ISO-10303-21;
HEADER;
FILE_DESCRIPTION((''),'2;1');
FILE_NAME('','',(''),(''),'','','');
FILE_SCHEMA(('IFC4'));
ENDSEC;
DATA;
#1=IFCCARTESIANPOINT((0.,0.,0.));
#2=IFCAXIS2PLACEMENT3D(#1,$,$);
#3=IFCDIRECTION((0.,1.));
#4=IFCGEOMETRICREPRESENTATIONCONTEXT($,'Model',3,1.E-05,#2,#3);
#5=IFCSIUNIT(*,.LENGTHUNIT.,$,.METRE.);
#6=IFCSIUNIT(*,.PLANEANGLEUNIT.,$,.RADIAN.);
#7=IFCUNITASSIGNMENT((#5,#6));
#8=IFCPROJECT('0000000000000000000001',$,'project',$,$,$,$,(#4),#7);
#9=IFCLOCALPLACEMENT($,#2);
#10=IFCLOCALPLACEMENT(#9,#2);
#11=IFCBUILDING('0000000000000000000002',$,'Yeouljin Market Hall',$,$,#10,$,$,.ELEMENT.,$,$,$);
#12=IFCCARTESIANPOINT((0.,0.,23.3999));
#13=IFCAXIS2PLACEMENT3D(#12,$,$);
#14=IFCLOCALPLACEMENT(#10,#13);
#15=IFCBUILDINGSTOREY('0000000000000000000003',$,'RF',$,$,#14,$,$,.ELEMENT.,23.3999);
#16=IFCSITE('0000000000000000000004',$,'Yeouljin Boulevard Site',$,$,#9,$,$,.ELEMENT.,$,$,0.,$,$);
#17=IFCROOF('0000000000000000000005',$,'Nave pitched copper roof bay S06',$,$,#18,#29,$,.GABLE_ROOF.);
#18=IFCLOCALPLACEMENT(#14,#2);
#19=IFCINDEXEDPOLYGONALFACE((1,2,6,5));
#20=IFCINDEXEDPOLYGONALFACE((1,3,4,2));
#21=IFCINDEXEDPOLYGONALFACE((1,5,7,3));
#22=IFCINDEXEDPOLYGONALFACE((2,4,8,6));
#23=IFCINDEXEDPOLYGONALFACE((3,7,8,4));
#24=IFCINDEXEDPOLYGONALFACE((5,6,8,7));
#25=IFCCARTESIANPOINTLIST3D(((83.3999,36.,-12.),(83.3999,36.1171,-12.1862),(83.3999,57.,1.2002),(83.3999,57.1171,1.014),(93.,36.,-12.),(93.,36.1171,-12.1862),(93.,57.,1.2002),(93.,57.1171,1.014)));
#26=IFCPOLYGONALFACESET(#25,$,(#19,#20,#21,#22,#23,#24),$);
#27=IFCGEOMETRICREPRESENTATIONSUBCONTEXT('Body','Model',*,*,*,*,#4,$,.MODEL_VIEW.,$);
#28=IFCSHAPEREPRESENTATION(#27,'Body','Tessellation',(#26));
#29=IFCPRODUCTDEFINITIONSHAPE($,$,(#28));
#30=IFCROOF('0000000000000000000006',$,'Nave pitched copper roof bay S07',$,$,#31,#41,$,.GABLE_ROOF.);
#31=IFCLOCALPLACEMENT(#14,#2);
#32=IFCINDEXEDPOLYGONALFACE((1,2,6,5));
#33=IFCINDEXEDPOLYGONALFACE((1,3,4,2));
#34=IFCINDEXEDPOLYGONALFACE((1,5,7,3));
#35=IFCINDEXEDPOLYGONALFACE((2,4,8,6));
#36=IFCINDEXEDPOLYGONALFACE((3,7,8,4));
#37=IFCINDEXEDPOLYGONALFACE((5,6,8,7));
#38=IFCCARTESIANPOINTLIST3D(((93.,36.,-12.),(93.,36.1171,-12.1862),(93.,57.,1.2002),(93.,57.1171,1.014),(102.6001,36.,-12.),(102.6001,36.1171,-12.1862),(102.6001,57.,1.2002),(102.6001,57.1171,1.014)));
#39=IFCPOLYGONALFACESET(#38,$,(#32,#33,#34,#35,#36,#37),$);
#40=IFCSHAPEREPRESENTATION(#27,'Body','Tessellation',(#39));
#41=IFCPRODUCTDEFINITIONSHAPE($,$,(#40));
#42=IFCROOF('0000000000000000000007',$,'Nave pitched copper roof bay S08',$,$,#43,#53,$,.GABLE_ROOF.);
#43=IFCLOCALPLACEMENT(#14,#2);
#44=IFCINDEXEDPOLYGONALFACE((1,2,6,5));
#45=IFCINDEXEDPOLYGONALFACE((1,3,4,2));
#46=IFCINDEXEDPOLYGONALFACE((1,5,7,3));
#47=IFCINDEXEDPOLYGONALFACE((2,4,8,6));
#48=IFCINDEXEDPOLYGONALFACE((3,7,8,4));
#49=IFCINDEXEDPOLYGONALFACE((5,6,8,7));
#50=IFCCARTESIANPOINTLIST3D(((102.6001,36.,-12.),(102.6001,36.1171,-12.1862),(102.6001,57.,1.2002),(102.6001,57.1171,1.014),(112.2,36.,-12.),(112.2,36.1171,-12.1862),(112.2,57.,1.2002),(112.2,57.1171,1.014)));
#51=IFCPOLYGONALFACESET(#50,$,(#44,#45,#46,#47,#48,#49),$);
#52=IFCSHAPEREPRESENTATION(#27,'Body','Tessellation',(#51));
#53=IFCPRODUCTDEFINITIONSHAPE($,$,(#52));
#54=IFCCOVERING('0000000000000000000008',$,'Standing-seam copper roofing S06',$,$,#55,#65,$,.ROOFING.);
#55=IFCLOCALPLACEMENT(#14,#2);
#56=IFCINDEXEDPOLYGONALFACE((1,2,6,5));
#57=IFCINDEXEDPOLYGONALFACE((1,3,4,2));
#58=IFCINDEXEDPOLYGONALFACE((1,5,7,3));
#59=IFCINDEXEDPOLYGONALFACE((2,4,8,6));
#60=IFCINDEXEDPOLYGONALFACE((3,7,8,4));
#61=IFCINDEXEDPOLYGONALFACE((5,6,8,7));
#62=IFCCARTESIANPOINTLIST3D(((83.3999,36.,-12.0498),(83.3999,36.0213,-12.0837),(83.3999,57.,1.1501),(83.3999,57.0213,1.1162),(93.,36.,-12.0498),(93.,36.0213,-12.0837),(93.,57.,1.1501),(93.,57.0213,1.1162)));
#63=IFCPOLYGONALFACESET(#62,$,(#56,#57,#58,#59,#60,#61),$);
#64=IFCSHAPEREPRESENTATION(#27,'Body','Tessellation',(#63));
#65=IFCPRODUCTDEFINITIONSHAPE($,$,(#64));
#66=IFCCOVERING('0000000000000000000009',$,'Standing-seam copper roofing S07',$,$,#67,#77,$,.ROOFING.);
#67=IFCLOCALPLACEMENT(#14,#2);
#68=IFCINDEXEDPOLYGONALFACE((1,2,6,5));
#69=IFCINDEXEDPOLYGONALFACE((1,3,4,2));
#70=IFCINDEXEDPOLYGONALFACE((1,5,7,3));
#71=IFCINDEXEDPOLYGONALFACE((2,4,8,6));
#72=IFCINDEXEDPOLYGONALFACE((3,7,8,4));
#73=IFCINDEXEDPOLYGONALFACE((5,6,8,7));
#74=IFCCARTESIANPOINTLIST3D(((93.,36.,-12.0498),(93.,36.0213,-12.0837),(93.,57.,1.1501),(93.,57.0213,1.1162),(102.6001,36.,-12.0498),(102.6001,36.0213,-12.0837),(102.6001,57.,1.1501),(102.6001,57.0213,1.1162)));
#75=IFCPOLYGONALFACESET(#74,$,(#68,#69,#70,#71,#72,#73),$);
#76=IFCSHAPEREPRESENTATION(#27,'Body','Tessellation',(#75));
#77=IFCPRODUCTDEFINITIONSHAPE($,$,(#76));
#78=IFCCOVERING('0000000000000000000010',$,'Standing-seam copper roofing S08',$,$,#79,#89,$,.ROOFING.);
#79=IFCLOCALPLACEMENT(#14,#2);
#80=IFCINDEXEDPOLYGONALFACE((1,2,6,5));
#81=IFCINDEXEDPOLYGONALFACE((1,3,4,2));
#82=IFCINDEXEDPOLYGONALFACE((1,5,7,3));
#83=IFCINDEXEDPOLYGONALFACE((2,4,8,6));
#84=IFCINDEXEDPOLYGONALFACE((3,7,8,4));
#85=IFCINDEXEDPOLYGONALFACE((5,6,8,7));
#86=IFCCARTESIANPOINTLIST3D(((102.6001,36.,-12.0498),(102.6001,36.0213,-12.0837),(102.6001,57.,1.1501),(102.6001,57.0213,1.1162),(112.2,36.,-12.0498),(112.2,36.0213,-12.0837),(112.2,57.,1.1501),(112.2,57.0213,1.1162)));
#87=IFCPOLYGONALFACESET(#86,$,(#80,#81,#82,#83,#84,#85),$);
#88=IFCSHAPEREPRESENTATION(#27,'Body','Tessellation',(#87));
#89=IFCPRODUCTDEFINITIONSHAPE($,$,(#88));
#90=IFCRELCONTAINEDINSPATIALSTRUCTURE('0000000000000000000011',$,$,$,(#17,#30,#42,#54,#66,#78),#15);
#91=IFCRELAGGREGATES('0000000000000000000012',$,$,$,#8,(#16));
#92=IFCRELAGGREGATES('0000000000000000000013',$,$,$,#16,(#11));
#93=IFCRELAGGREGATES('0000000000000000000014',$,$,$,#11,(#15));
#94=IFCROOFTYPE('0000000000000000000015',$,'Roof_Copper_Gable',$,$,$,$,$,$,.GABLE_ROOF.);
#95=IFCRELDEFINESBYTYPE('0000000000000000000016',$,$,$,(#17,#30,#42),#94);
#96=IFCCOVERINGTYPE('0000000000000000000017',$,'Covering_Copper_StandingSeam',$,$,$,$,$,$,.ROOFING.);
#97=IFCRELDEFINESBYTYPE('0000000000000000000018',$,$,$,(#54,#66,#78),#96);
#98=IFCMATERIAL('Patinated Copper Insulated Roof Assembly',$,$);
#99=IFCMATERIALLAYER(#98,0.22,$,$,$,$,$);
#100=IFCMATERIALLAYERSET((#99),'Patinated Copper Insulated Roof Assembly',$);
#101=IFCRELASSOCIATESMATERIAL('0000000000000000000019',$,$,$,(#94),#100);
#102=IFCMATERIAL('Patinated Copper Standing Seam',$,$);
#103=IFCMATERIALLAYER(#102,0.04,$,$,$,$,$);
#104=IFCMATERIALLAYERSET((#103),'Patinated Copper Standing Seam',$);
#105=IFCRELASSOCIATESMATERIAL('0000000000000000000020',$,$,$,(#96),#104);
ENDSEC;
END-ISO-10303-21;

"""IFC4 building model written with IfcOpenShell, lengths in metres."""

from ifc_helpers import new_model, si_unit, direction, frame, origin, place, context, subcontext, project, spatial, polyline, outline, extrude, material, layer, layer_set, type_object, element, save


model = new_model("IFC4")

# Units and contexts
model_context = context("Model", 3, precision=1e-05, world=origin(), true_north=direction((0.0, 1.0)))
body_context = subcontext(model_context, "Body", "Model", "MODEL_VIEW")
ifc_project = project(units=[si_unit("LENGTHUNIT", "METRE"), si_unit("PLANEANGLEUNIT", "RADIAN")], contexts=[model_context])

# Site, building, storey
site_placement = place(None, origin())
site = spatial("IfcSite", under=ifc_project, at=site_placement, Name="Yeouljin Boulevard Site", CompositionType="ELEMENT", RefElevation=0.0)
building_placement = place(site_placement, origin())
building = spatial("IfcBuilding", under=site, at=building_placement, Name="Yeouljin Market Hall", CompositionType="ELEMENT")
storey_placement = place(building_placement, frame((0.0, 0.0, 23.3999)))
storey = spatial("IfcBuildingStorey", under=building, at=storey_placement, Name="RF", CompositionType="ELEMENT", Elevation=23.3999)

# Roofs
ifc_material_1 = material(Name="Patinated Copper Insulated Roof Assembly")
ifc_layer_1 = layer(ifc_material_1, 0.22)
ifc_layer_set_1 = layer_set([ifc_layer_1], Name="Patinated Copper Insulated Roof Assembly")
roof_type = type_object("IfcRoofType", Name="Roof_Copper_Gable", PredefinedType="GABLE_ROOF", material=ifc_layer_set_1)
for number, where, z_axis, x_axis, name in (
    (1, (83.3999, 36.0, -12.0), (0.0, -0.532177, 0.846633), (1.0, 0.0, 0.0), "Nave pitched copper roof bay S06"),
    (2, (93.0, 36.0, -12.0), (0.0, -0.532177, 0.846633), (1.0, 0.0, 0.0), "Nave pitched copper roof bay S07"),
):
    element("IfcRoof", number, at=place(storey_placement, frame(where, z_axis=z_axis, x_axis=x_axis)), inside=storey, type_object=roof_type, Name=name, PredefinedType="GABLE_ROOF", context=body_context, shape_type="SweptSolid", body=[
        extrude(outline(polyline([(0.0, 0.0), (9.6001, 0.0), (9.6001, 24.8041), (0.0, 24.8041), (0.0, 0.0)])), origin(), (0.0, 0.0, -1.0), 0.22),
    ])
roof_placement = place(storey_placement, frame((102.6001, 36.0, -12.0), z_axis=(0.0, -0.532177, 0.846633), x_axis=(1.0, 0.0, 0.0)))
element("IfcRoof", 3, at=roof_placement, inside=storey, type_object=roof_type, Name="Nave pitched copper roof bay S08", PredefinedType="GABLE_ROOF", context=body_context, shape_type="SweptSolid", body=[
    extrude(outline(polyline([(0.0, 0.0), (9.5999, 0.0), (9.5999, 24.8041), (0.0, 24.8041), (0.0, 0.0)])), origin(), (0.0, 0.0, -1.0), 0.22),
])

# Coverings
ifc_material_2 = material(Name="Patinated Copper Standing Seam")
ifc_layer_2 = layer(ifc_material_2, 0.04)
ifc_layer_set_2 = layer_set([ifc_layer_2], Name="Patinated Copper Standing Seam")
covering_type = type_object("IfcCoveringType", Name="Covering_Copper_StandingSeam", PredefinedType="ROOFING", material=ifc_layer_set_2)
for number, where, z_axis, x_axis, name in (
    (4, (83.3999, 36.0, -12.0498), (0.0, -0.53217, 0.846637), (1.0, 0.0, 0.0), "Standing-seam copper roofing S06"),
    (5, (93.0, 36.0, -12.0498), (0.0, -0.53217, 0.846637), (1.0, 0.0, 0.0), "Standing-seam copper roofing S07"),
):
    element("IfcCovering", number, at=place(storey_placement, frame(where, z_axis=z_axis, x_axis=x_axis)), inside=storey, type_object=covering_type, Name=name, PredefinedType="ROOFING", context=body_context, shape_type="SweptSolid", body=[
        extrude(outline(polyline([(0.0, 0.0), (9.6001, 0.0), (9.6001, 24.804), (0.0, 24.804), (0.0, 0.0)])), origin(), (0.0, 0.0, -1.0), 0.04),
    ])
covering_placement = place(storey_placement, frame((102.6001, 36.0, -12.0498), z_axis=(0.0, -0.53217, 0.846637), x_axis=(1.0, 0.0, 0.0)))
element("IfcCovering", 6, at=covering_placement, inside=storey, type_object=covering_type, Name="Standing-seam copper roofing S08", PredefinedType="ROOFING", context=body_context, shape_type="SweptSolid", body=[
    extrude(outline(polyline([(0.0, 0.0), (9.5999, 0.0), (9.5999, 24.804), (0.0, 24.804), (0.0, 0.0)])), origin(), (0.0, 0.0, -1.0), 0.04),
])

save(model, "model.ifc")
